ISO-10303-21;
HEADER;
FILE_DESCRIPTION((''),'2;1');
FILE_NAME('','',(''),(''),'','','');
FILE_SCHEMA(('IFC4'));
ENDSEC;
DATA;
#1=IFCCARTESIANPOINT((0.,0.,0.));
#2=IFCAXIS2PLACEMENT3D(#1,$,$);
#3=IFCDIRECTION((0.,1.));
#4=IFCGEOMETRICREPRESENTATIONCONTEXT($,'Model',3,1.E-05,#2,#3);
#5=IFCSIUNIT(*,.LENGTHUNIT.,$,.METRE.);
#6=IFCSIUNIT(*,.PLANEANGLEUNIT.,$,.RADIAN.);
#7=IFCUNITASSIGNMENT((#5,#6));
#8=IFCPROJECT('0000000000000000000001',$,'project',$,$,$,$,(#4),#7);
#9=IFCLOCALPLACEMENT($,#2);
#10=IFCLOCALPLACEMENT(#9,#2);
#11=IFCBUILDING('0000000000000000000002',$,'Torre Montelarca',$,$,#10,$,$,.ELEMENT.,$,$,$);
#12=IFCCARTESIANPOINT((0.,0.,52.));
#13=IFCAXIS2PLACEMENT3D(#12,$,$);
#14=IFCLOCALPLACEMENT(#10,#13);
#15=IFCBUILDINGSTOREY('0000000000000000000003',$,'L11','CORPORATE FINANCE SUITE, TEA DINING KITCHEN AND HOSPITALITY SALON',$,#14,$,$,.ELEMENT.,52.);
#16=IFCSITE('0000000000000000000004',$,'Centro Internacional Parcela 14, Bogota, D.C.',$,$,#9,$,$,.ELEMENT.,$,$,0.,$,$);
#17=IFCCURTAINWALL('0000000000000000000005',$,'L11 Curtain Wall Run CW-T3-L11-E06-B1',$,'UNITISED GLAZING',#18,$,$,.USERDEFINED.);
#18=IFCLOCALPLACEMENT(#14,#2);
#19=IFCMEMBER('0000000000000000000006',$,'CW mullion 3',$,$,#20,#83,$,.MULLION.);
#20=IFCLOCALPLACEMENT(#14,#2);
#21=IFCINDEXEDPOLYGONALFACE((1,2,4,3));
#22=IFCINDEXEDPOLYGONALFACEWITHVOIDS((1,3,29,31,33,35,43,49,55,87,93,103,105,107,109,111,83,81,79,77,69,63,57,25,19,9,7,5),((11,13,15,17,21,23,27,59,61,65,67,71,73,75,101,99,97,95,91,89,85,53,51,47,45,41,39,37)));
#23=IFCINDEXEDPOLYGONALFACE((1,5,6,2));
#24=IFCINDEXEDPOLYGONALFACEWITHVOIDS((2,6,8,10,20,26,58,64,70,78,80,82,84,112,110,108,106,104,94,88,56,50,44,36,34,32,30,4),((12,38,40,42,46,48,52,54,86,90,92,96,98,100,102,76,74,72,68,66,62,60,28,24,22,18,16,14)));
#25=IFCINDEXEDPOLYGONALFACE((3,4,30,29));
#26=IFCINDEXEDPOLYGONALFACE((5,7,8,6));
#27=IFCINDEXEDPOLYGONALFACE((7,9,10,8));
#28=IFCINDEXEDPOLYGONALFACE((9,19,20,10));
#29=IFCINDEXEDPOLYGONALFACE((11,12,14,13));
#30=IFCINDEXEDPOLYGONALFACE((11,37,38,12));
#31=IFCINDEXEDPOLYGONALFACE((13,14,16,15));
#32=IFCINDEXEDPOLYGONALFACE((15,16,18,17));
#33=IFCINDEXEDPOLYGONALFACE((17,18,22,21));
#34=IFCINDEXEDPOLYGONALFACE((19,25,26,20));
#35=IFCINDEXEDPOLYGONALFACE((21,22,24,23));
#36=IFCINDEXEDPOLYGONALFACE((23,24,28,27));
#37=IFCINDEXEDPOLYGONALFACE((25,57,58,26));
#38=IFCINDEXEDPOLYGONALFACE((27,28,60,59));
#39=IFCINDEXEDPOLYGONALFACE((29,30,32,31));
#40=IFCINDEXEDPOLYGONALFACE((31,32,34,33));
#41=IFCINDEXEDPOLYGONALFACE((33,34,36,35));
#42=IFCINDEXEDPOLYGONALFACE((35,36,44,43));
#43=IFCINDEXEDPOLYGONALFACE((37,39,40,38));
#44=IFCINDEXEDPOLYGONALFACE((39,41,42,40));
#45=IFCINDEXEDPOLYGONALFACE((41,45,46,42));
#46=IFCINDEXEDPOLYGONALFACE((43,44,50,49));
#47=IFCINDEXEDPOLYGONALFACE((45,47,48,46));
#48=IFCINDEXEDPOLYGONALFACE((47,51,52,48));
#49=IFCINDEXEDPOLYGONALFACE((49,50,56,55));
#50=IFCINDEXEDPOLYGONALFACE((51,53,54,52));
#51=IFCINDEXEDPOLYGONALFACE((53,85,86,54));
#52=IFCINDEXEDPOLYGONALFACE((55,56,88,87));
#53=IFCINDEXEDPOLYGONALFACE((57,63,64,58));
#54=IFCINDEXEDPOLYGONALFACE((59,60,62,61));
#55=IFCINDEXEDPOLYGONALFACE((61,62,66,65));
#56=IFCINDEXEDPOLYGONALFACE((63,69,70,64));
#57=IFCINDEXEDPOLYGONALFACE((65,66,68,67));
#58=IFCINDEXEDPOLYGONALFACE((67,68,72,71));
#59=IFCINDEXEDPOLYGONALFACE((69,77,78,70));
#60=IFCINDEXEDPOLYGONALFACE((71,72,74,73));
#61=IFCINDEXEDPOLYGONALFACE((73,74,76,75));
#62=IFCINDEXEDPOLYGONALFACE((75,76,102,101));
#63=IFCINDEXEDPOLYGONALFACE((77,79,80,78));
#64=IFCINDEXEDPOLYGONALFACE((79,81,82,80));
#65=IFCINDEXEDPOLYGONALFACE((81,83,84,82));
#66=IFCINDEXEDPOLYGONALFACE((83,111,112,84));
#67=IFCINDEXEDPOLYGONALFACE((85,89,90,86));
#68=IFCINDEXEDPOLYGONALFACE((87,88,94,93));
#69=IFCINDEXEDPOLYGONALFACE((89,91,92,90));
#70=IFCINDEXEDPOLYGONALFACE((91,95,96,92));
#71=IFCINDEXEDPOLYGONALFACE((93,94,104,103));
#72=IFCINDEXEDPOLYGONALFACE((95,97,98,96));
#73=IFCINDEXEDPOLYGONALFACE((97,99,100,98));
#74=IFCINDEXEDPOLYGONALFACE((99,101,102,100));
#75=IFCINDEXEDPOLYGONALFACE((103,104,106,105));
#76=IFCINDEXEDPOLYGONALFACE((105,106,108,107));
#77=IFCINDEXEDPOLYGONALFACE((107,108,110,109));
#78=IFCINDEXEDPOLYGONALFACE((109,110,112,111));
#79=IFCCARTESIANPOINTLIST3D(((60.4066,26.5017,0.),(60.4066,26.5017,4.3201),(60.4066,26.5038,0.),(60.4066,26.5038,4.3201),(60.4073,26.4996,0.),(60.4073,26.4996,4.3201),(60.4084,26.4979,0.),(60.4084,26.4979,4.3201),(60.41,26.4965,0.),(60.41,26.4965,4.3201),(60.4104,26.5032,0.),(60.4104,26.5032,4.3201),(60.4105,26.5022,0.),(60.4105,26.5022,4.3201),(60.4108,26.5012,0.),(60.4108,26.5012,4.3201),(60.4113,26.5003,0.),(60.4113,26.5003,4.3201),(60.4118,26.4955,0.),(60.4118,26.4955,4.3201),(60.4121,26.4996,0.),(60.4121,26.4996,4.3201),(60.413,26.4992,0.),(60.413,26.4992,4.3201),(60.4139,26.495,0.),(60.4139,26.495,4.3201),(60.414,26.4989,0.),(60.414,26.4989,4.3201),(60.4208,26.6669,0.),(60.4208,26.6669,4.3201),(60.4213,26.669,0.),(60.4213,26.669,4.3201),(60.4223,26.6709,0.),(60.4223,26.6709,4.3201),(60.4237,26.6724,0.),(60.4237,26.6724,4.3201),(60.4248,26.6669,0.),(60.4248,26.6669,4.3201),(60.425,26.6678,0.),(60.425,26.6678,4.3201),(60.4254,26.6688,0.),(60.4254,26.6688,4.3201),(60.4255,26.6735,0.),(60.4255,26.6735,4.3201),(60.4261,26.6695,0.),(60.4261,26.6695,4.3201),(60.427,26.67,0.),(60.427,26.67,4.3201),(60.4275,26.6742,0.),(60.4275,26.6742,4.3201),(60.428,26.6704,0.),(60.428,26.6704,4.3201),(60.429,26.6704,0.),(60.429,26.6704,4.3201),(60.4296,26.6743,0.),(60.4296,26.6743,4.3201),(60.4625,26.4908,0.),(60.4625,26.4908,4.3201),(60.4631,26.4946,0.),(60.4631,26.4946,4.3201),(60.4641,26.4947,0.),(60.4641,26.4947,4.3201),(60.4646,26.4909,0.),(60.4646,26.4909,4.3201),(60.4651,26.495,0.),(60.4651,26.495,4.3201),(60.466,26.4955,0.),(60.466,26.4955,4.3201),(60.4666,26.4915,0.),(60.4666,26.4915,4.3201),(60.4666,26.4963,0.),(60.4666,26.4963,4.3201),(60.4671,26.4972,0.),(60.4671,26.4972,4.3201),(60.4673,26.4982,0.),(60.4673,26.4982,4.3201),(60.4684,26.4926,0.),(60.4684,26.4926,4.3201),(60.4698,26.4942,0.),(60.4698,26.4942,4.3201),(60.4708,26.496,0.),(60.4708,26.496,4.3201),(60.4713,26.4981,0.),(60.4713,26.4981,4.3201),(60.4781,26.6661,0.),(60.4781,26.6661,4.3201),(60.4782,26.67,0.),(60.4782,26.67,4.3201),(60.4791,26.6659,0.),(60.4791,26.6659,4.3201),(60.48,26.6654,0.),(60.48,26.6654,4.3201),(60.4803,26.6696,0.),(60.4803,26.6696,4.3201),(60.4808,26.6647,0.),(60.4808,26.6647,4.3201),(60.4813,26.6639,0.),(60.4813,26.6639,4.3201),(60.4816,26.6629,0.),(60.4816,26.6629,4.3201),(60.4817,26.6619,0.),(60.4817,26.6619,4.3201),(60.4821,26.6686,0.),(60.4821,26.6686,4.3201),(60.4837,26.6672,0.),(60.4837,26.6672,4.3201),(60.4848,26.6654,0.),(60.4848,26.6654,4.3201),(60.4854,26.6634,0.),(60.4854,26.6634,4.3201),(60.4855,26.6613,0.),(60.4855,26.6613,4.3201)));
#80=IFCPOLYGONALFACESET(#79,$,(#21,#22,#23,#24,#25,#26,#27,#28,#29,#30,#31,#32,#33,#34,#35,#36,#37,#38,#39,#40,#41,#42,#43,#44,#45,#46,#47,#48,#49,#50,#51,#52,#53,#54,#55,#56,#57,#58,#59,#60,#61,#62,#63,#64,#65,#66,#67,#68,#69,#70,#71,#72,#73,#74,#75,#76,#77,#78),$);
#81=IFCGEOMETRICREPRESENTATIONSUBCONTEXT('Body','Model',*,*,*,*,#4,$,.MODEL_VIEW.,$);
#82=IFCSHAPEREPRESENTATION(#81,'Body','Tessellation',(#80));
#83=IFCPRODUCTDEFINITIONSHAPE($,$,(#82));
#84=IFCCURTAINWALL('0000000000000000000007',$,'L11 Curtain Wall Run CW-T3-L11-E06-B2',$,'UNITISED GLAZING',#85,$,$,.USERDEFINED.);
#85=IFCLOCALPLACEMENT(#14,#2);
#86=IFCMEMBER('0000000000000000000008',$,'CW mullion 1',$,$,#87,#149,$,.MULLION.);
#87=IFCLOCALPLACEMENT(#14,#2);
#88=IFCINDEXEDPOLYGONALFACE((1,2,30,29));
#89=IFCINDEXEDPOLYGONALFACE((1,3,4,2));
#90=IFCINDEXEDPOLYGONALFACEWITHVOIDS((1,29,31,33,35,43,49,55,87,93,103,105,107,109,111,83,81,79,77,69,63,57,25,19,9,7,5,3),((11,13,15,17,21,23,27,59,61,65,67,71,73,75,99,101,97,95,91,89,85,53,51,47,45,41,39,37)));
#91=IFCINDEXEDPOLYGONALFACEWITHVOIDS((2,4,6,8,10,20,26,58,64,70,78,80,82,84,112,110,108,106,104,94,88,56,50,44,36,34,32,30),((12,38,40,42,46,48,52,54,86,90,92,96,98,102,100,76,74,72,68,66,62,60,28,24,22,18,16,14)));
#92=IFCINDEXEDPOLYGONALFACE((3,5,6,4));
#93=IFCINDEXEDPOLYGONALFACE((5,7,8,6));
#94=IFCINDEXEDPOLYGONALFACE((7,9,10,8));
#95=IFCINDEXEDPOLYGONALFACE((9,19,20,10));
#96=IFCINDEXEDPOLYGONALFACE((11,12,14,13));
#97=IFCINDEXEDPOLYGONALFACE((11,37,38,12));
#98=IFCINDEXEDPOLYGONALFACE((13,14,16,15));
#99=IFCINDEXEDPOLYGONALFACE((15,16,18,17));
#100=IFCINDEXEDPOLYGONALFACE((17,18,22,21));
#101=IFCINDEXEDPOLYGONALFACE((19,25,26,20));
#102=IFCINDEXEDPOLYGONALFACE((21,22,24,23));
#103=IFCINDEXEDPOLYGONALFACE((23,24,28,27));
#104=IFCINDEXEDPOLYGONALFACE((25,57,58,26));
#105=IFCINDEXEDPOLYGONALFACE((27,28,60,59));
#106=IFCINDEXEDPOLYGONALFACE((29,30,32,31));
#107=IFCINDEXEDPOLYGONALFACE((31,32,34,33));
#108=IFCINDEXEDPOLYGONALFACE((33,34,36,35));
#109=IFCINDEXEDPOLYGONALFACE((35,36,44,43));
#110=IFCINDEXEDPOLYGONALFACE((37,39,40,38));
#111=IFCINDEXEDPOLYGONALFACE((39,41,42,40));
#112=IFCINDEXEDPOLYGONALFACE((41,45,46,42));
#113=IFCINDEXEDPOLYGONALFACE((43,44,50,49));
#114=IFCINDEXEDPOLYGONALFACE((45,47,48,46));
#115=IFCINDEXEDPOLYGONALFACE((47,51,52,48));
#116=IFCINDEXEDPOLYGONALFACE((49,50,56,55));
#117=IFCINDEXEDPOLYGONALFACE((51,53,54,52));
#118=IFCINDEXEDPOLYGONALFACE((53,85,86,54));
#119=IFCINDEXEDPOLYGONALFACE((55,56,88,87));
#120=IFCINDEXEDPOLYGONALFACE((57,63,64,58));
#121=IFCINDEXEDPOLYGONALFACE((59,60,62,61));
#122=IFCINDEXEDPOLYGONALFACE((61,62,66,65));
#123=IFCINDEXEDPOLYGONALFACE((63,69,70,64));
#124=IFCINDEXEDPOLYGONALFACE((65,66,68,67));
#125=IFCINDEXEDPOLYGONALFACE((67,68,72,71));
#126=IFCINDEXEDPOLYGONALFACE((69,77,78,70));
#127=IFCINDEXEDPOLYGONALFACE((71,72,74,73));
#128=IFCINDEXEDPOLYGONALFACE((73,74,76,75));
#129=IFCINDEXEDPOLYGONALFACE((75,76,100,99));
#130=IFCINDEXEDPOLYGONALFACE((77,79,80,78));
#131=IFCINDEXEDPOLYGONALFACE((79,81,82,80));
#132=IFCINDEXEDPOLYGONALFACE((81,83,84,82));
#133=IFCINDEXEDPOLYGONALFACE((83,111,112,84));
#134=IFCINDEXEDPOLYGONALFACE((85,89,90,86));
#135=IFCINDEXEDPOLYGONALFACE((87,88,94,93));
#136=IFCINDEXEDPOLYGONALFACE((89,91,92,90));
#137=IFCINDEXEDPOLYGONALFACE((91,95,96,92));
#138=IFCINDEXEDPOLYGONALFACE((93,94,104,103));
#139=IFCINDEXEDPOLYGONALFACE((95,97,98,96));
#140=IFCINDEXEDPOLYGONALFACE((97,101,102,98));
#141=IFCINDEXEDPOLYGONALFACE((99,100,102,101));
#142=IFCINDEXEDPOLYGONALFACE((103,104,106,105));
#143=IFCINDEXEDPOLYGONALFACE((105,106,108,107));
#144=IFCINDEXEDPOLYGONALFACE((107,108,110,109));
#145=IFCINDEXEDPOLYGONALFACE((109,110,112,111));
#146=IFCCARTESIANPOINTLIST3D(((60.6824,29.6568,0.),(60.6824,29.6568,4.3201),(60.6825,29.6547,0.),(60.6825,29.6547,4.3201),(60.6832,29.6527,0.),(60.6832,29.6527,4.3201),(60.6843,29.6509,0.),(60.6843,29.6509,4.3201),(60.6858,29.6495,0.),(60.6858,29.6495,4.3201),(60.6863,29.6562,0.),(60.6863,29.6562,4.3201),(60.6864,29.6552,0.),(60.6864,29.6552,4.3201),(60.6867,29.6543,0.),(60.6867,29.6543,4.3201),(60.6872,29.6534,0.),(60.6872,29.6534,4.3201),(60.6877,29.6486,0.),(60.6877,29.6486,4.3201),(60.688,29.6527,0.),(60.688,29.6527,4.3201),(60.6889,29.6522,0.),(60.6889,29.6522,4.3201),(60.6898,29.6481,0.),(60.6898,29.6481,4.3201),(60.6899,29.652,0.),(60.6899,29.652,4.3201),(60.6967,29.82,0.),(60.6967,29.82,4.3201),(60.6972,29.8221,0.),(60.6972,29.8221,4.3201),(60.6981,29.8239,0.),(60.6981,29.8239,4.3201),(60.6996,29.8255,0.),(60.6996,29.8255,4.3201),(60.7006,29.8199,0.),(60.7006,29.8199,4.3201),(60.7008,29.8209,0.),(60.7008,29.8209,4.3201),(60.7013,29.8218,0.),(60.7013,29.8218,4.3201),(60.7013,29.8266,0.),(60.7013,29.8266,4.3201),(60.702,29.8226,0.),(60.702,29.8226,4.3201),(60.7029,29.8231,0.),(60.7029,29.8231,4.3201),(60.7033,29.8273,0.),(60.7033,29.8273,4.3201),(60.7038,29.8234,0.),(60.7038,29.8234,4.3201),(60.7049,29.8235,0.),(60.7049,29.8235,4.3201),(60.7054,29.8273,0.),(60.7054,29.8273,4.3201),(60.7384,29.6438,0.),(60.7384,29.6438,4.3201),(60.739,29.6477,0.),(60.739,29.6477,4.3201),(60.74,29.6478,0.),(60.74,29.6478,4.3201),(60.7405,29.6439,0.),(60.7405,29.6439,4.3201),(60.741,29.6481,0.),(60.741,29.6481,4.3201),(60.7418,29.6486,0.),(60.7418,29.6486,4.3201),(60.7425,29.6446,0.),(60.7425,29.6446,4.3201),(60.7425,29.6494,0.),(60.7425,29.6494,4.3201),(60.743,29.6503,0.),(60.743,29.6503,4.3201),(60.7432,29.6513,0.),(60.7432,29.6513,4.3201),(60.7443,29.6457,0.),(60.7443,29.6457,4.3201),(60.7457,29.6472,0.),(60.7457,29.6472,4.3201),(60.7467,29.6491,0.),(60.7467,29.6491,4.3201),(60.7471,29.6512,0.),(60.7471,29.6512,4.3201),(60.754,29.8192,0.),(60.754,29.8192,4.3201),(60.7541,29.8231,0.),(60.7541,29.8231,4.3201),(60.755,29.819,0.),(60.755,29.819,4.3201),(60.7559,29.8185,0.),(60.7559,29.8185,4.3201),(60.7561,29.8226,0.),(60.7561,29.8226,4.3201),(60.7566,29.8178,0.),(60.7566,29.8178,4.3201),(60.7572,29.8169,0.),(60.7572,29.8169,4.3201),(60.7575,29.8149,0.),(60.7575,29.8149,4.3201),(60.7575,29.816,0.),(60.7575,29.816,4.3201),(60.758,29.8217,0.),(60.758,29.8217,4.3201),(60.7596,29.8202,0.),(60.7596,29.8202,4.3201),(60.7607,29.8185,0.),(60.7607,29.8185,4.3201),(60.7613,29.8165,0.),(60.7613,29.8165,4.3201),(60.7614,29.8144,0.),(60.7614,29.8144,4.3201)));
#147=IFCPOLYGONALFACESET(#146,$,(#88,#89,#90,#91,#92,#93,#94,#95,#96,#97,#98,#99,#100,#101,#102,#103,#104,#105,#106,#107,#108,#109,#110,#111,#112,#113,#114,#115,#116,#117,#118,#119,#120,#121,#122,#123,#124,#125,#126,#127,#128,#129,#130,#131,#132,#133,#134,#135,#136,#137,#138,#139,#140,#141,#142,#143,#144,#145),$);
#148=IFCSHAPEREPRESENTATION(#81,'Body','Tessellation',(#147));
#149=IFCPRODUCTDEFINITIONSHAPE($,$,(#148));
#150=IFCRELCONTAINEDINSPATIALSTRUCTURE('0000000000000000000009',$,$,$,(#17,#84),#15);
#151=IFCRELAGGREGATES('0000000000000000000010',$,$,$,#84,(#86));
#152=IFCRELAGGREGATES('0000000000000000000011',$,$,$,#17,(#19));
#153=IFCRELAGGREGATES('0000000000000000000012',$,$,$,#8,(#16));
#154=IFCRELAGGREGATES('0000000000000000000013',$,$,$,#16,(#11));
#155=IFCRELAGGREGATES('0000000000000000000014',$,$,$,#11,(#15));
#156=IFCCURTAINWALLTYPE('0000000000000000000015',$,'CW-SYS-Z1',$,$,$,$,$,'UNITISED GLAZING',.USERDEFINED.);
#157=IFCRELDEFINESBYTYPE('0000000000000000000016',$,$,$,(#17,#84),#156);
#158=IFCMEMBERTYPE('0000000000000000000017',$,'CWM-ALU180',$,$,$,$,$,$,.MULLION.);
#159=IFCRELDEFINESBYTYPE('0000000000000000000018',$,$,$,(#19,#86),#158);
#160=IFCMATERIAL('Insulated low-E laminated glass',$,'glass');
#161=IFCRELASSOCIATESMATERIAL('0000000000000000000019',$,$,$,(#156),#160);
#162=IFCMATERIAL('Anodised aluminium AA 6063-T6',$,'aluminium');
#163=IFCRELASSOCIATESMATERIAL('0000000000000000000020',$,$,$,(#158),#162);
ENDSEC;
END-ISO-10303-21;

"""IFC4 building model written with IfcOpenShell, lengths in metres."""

from ifc_helpers import new_model, si_unit, direction, frame, origin, origin_2d, place, context, subcontext, project, spatial, hollow_rectangle, extrude, source, transform, mapped, material, material_profile, profile_set, type_object, element, aggregate, save


model = new_model("IFC4")

# Units and contexts
model_context = context("Model", 3, precision=1e-05, world=origin(), true_north=direction((0.0, 1.0)))
body_context = subcontext(model_context, "Body", "Model", "MODEL_VIEW")
ifc_project = project(units=[si_unit("LENGTHUNIT", "METRE"), si_unit("PLANEANGLEUNIT", "RADIAN")], contexts=[model_context])

# Site, building, storey
site_placement = place(None, origin())
site = spatial("IfcSite", under=ifc_project, at=site_placement, Name="Centro Internacional Parcela 14, Bogota, D.C.", CompositionType="ELEMENT", RefElevation=0.0)
building_placement = place(site_placement, origin())
building = spatial("IfcBuilding", under=site, at=building_placement, Name="Torre Montelarca", CompositionType="ELEMENT")
storey_placement = place(building_placement, frame((0.0, 0.0, 52.0)))
storey = spatial("IfcBuildingStorey", under=building, at=storey_placement, Name="L11", Description="CORPORATE FINANCE SUITE, TEA DINING KITCHEN AND HOSPITALITY SALON", CompositionType="ELEMENT", Elevation=52.0)

# Curtain wall, member
ifc_material_1 = material(Name="Insulated low-E laminated glass", Category="glass")
curtain_wall_type = type_object("IfcCurtainWallType", Name="CW-SYS-Z1", ElementType="UNITISED GLAZING", PredefinedType="USERDEFINED", material=ifc_material_1)
ifc_material_2 = material(Name="Anodised aluminium AA 6063-T6", Category="aluminium")
ifc_material_profile_1 = material_profile(ifc_material_2, hollow_rectangle(XDim=0.0649, YDim=0.1799, WallThickness=0.0039, InnerFilletRadius=0.0039, OuterFilletRadius=0.0081, at=origin_2d()), Name="ALU65X180X4", Category="aluminium")
ifc_profile_set_1 = profile_set([ifc_material_profile_1], Name="Anodised aluminium AA 6063-T6")
member_type_1 = type_object("IfcMemberType", Name="CWM-ALU180", PredefinedType="MULLION", material=ifc_profile_set_1)
shared_shape_1 = source(origin(), body_context, "Body", "SweptSolid", [
    extrude(hollow_rectangle(XDim=0.0649, YDim=0.1799, WallThickness=0.0039, InnerFilletRadius=0.0039, OuterFilletRadius=0.0081, at=origin_2d()), origin(), (0.0, 0.0, 1.0), 4.3201),
])
curtain_wall_1_placement = place(storey_placement, origin())
curtain_wall_1 = element("IfcCurtainWall", 1, at=curtain_wall_1_placement, inside=storey, type_object=curtain_wall_type, Name="L11 Curtain Wall Run CW-T3-L11-E06-B1", ObjectType="UNITISED GLAZING", PredefinedType="USERDEFINED")
member_1_placement = place(storey_placement, frame((60.446, 26.5825, 0.0), z_axis=(0.0, 0.0, 1.0), x_axis=(-0.996194, 0.087168, 0.0)))
member_1 = element("IfcMember", 2, at=member_1_placement, type_object=member_type_1, Name="CW mullion 3", PredefinedType="MULLION", context=body_context, shape_type="MappedRepresentation", body=[
    mapped(shared_shape_1, transform((0.0, 0.0, 0.0), scale=1.0)),
])

# Curtain wall, member
curtain_wall_2_placement = place(storey_placement, origin())
curtain_wall_2 = element("IfcCurtainWall", 3, at=curtain_wall_2_placement, inside=storey, type_object=curtain_wall_type, Name="L11 Curtain Wall Run CW-T3-L11-E06-B2", ObjectType="UNITISED GLAZING", PredefinedType="USERDEFINED")
member_2_placement = place(storey_placement, frame((60.7219, 29.7356, 0.0), z_axis=(0.0, 0.0, 1.0), x_axis=(-0.996194, 0.087161, 0.0)))
member_2 = element("IfcMember", 4, at=member_2_placement, type_object=member_type_1, Name="CW mullion 1", PredefinedType="MULLION", context=body_context, shape_type="MappedRepresentation", body=[
    mapped(shared_shape_1, transform((0.0, 0.0, 0.0), scale=1.0)),
])
aggregate(curtain_wall_2, [member_2])

aggregate(curtain_wall_1, [member_1])

save(model, "model.ifc")
